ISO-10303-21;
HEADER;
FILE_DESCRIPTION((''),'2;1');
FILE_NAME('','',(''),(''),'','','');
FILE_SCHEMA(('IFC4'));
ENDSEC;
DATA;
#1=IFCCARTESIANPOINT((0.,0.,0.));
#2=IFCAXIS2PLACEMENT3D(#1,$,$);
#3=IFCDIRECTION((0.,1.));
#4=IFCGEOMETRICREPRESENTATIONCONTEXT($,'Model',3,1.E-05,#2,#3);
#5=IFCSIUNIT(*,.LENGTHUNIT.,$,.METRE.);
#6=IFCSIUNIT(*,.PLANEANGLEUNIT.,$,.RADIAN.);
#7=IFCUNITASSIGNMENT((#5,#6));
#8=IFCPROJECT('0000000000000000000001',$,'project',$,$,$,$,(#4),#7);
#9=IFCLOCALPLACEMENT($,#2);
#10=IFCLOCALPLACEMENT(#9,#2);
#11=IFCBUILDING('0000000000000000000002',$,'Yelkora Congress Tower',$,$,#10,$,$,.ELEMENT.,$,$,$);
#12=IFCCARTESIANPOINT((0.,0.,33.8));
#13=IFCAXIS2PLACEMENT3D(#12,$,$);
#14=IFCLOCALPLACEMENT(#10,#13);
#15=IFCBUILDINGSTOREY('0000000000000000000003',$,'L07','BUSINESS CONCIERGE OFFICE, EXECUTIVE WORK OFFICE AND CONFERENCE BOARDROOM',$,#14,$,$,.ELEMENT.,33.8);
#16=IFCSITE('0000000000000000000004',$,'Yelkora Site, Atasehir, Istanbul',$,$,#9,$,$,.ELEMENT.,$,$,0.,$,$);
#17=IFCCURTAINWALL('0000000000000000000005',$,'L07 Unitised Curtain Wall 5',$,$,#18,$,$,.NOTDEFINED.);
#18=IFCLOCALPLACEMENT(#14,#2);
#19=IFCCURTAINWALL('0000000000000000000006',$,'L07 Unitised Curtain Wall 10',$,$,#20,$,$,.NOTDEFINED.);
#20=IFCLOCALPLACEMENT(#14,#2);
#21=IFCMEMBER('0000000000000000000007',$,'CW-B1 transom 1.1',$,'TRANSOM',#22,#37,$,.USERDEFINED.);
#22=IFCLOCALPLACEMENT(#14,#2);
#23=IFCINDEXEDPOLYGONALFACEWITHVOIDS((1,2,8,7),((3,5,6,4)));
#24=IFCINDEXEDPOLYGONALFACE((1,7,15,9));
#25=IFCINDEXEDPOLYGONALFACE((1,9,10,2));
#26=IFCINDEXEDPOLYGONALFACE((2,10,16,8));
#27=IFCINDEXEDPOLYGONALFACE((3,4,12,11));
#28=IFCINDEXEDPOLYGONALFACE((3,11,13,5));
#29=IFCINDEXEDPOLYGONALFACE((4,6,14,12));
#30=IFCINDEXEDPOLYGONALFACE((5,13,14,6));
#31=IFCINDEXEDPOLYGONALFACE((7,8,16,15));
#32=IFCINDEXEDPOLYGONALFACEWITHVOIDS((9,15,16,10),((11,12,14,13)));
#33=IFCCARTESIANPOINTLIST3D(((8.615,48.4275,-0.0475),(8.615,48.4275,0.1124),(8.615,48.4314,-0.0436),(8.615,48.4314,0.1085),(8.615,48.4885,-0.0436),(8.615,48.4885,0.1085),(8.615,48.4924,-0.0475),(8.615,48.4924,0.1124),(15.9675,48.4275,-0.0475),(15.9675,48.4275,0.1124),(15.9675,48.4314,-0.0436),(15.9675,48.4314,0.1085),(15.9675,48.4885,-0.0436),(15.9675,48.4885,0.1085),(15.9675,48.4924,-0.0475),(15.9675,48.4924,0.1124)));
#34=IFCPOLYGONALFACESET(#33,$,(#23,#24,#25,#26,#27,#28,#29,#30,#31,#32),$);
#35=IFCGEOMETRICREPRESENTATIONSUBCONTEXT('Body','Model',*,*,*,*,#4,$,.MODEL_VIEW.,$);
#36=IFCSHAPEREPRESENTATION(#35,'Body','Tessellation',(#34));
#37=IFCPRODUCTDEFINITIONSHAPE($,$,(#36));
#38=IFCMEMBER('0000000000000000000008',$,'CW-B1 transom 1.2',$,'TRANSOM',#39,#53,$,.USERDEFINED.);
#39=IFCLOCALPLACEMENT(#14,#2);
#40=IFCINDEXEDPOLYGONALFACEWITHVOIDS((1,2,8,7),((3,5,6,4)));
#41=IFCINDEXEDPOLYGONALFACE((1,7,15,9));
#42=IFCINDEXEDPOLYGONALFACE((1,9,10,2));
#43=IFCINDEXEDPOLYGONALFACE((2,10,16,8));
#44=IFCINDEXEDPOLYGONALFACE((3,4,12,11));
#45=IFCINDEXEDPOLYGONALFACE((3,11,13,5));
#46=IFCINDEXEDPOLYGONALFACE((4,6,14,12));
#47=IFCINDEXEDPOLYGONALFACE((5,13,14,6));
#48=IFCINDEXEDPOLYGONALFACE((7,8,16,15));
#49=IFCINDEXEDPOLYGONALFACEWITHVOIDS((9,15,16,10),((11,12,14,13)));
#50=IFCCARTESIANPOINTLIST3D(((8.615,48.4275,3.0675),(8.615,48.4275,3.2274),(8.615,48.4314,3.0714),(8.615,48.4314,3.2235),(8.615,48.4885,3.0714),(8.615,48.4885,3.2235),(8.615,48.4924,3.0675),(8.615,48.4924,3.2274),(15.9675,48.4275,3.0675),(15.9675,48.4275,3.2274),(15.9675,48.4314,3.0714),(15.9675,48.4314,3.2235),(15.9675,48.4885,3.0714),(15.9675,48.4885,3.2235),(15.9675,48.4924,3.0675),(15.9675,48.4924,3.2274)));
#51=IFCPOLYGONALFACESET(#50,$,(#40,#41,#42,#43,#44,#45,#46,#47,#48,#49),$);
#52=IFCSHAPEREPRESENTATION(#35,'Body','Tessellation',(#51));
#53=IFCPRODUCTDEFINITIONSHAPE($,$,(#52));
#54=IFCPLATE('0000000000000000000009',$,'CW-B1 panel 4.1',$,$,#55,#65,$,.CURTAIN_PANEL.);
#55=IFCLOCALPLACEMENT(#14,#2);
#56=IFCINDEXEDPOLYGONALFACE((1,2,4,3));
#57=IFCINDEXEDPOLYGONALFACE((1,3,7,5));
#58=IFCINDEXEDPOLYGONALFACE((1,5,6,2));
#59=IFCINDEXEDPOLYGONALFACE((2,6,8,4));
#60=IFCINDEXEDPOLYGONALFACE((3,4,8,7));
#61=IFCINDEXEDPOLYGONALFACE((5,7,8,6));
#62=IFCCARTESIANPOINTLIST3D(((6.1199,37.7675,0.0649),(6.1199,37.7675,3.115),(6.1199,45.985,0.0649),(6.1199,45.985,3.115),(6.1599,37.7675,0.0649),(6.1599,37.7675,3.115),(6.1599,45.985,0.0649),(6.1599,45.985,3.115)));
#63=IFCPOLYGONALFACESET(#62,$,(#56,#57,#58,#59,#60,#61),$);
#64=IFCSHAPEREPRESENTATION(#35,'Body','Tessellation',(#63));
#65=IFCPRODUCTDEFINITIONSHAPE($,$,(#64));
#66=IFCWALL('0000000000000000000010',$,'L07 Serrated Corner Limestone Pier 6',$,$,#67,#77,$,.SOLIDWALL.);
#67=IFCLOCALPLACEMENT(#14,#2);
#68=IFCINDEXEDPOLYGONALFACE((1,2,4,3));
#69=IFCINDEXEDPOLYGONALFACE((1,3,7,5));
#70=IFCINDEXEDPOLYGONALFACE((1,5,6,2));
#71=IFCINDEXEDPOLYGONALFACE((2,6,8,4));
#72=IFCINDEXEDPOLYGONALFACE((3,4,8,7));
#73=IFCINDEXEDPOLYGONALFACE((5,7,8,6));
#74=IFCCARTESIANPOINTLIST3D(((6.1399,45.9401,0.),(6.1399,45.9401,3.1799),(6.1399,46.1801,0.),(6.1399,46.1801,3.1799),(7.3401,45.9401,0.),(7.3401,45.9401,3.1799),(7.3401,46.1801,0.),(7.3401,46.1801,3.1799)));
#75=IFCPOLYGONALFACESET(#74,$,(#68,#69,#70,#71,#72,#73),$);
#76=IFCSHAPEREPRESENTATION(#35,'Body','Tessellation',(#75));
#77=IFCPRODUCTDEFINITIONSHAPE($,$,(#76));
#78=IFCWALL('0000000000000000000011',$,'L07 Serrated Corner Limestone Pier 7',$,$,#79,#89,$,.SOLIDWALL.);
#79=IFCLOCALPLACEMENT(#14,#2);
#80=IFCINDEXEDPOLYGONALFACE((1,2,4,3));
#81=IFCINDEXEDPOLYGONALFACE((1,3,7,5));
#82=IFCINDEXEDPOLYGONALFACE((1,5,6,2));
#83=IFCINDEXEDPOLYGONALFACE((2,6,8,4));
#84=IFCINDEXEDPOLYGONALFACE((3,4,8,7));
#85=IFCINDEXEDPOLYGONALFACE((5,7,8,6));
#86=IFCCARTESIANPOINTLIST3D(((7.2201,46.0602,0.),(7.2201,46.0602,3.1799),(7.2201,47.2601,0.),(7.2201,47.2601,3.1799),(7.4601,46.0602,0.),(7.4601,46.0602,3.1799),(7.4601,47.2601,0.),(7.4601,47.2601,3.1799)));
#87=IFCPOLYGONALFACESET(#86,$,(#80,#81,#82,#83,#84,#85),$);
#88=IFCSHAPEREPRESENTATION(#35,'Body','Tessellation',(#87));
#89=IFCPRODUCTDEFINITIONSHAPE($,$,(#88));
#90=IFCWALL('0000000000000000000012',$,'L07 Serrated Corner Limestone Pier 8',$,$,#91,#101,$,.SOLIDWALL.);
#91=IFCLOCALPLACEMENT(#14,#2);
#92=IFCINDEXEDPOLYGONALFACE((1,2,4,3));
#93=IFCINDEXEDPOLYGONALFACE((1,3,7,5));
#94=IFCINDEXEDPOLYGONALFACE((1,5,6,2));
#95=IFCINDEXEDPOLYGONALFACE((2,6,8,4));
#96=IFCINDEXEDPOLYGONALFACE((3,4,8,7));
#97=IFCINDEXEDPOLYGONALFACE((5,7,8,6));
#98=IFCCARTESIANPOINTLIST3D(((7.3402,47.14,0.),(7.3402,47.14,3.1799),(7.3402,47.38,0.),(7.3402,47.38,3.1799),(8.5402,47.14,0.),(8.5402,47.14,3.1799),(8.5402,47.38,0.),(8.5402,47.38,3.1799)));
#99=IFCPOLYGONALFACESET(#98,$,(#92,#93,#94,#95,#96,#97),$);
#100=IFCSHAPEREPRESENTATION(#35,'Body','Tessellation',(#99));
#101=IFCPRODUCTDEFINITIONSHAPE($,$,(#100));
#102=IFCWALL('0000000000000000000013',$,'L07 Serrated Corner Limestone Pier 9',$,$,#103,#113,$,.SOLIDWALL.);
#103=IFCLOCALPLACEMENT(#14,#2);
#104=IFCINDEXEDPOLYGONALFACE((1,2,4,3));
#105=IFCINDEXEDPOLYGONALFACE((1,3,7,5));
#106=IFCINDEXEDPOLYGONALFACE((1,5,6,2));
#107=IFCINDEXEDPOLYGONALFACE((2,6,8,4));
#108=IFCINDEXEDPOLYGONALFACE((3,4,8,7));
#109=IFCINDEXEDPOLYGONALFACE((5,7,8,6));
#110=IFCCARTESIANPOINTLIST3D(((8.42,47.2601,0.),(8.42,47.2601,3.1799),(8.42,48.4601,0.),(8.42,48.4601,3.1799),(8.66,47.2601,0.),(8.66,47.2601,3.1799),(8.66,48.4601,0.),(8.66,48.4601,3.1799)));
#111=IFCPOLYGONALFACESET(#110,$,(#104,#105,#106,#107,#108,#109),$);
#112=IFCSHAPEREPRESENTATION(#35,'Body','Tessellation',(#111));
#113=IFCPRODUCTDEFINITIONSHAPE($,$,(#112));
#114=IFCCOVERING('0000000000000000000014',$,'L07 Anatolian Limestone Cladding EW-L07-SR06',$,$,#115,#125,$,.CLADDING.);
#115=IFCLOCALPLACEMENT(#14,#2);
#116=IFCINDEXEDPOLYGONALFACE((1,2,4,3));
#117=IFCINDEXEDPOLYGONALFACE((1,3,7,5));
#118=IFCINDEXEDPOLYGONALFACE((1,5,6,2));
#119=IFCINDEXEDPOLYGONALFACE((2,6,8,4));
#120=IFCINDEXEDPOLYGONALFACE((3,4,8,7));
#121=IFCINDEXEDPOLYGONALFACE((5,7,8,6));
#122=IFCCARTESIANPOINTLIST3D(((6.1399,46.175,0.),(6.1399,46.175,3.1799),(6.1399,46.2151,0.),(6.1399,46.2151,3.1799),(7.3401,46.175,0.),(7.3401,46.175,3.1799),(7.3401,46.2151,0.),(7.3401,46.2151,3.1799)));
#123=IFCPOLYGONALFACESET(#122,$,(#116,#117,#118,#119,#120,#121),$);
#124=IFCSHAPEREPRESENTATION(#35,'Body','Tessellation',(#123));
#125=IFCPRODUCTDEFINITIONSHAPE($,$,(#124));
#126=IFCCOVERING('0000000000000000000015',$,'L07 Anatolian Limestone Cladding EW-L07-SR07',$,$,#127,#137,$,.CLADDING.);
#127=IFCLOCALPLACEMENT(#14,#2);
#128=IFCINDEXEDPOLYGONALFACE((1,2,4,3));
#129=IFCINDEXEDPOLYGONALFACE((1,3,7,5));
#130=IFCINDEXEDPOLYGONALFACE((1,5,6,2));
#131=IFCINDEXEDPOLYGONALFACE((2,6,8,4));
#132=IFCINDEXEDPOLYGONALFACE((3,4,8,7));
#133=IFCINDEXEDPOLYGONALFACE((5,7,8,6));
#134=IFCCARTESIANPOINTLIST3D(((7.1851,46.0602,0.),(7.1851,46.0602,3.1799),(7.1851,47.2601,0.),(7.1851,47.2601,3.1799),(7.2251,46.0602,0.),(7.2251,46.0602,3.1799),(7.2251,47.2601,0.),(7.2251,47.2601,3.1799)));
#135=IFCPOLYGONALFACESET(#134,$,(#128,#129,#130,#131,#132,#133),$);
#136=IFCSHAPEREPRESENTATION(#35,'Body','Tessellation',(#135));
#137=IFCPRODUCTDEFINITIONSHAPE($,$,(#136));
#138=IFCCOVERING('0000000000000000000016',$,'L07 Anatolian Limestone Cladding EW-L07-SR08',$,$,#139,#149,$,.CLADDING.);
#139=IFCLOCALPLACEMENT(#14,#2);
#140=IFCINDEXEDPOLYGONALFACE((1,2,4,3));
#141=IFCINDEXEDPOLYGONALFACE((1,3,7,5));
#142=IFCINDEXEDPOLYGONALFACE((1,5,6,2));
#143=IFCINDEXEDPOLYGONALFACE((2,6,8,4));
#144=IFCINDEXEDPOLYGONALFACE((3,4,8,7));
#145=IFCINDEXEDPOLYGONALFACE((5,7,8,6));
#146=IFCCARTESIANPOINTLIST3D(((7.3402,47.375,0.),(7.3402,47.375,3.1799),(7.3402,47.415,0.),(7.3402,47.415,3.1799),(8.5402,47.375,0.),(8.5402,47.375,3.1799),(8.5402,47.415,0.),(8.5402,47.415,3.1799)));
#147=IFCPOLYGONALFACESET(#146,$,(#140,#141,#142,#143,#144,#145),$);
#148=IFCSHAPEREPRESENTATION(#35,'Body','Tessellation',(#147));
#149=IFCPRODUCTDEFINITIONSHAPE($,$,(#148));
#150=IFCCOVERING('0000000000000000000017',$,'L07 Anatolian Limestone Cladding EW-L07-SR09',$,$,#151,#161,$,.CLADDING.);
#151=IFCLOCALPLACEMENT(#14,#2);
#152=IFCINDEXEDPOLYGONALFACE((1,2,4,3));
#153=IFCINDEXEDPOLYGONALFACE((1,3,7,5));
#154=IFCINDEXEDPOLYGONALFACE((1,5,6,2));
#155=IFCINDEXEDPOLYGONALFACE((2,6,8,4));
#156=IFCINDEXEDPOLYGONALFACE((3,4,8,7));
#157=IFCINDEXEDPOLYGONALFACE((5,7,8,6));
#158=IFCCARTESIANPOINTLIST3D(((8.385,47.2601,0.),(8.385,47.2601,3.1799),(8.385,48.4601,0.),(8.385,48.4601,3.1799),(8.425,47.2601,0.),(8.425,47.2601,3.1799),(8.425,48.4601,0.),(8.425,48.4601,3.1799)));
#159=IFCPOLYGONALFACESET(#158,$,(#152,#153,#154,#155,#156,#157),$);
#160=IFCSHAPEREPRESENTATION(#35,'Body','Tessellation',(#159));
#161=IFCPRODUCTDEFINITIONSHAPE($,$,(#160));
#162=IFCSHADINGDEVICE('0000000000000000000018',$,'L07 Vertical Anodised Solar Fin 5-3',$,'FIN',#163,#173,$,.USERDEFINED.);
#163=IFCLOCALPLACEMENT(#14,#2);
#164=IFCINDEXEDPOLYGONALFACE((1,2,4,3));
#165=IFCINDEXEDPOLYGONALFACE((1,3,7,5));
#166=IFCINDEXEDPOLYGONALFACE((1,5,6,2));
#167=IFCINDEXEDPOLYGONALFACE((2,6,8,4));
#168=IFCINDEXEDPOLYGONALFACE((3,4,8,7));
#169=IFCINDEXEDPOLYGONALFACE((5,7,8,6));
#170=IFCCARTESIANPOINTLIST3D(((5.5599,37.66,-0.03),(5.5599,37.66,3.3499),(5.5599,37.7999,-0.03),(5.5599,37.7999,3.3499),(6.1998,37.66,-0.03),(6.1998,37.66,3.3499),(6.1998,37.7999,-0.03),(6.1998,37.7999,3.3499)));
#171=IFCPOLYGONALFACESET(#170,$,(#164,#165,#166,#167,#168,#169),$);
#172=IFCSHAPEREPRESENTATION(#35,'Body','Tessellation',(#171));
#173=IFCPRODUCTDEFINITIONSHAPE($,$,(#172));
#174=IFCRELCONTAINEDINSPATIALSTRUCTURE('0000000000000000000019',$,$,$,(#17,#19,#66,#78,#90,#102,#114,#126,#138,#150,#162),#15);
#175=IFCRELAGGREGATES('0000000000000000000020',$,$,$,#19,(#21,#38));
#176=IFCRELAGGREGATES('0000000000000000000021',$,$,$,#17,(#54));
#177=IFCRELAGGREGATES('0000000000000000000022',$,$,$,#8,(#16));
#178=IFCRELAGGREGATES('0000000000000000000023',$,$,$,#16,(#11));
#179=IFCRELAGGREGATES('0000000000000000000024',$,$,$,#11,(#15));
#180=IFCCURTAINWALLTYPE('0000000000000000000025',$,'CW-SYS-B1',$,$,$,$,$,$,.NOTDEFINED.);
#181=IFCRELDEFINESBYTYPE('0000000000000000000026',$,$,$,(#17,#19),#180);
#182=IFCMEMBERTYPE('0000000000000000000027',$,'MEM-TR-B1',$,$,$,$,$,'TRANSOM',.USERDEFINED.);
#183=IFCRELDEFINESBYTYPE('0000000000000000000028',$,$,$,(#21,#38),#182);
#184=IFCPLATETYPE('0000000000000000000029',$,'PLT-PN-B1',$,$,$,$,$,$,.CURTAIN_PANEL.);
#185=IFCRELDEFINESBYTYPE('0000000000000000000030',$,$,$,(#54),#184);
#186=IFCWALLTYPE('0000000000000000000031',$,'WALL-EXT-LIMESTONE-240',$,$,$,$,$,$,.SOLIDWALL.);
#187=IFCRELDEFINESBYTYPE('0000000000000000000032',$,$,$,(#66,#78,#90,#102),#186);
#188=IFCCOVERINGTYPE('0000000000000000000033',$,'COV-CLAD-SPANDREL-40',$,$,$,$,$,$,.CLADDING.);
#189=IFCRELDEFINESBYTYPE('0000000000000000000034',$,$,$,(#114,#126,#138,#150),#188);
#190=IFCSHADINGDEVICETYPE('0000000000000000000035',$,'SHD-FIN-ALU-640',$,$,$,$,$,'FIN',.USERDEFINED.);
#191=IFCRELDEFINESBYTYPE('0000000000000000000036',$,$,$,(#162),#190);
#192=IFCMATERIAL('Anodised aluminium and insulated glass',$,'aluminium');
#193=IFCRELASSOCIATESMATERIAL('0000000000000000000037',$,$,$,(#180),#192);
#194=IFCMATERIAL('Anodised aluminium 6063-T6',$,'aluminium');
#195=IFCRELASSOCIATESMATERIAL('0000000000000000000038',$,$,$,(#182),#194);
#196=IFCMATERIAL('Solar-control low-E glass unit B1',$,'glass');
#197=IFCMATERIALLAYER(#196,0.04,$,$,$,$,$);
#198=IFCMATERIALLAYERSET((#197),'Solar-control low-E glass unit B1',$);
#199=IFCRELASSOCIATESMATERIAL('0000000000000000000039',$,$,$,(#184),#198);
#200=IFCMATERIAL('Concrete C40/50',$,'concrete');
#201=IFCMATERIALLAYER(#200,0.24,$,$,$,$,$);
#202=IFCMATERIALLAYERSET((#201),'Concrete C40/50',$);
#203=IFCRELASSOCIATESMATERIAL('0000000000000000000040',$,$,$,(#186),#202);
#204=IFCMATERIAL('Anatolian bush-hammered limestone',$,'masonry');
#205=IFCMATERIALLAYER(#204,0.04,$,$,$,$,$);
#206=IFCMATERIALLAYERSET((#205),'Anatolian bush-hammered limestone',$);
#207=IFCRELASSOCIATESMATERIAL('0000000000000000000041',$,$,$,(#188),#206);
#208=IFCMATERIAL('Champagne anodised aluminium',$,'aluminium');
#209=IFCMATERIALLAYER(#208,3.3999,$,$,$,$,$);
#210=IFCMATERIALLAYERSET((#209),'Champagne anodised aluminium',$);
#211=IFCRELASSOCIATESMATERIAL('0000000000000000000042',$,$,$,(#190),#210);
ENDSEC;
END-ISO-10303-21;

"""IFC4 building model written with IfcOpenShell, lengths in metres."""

from ifc_helpers import new_model, si_unit, direction, frame, frame_2d, origin, origin_2d, place, context, subcontext, project, spatial, rectangle, hollow_rectangle, extrude, material, layer, layer_set, material_profile, profile_set, type_object, element, aggregate, save


model = new_model("IFC4")

# Units and contexts
model_context = context("Model", 3, precision=1e-05, world=origin(), true_north=direction((0.0, 1.0)))
body_context = subcontext(model_context, "Body", "Model", "MODEL_VIEW")
ifc_project = project(units=[si_unit("LENGTHUNIT", "METRE"), si_unit("PLANEANGLEUNIT", "RADIAN")], contexts=[model_context])

# Site, building, storey
site_placement = place(None, origin())
site = spatial("IfcSite", under=ifc_project, at=site_placement, Name="Yelkora Site, Atasehir, Istanbul", CompositionType="ELEMENT", RefElevation=0.0)
building_placement = place(site_placement, origin())
building = spatial("IfcBuilding", under=site, at=building_placement, Name="Yelkora Congress Tower", CompositionType="ELEMENT")
storey_placement = place(building_placement, frame((0.0, 0.0, 33.8)))
storey = spatial("IfcBuildingStorey", under=building, at=storey_placement, Name="L07", Description="BUSINESS CONCIERGE OFFICE, EXECUTIVE WORK OFFICE AND CONFERENCE BOARDROOM", CompositionType="ELEMENT", Elevation=33.8)

# Curtain wall
ifc_material_1 = material(Name="Anodised aluminium and insulated glass", Category="aluminium")
curtain_wall_type = type_object("IfcCurtainWallType", Name="CW-SYS-B1", PredefinedType="NOTDEFINED", material=ifc_material_1)
curtain_wall_1_placement = place(storey_placement, origin())
curtain_wall_1 = element("IfcCurtainWall", 1, at=curtain_wall_1_placement, inside=storey, type_object=curtain_wall_type, Name="L07 Unitised Curtain Wall 5", PredefinedType="NOTDEFINED")
ifc_material_2 = material(Name="Anodised aluminium 6063-T6", Category="aluminium")

# Curtain wall
curtain_wall_2_placement = place(storey_placement, origin())
curtain_wall_2 = element("IfcCurtainWall", 2, at=curtain_wall_2_placement, inside=storey, type_object=curtain_wall_type, Name="L07 Unitised Curtain Wall 10", PredefinedType="NOTDEFINED")

# Members
ifc_material_profile_1 = material_profile(ifc_material_2, hollow_rectangle(XDim=0.0649, YDim=0.1599, WallThickness=0.0039, at=origin_2d()), Name="ALU 65x160x4")
ifc_profile_set_1 = profile_set([ifc_material_profile_1], Name="Anodised aluminium 6063-T6")
member_type_1 = type_object("IfcMemberType", Name="MEM-TR-B1", ElementType="TRANSOM", PredefinedType="USERDEFINED", material=ifc_profile_set_1)
member_1_placement = place(storey_placement, frame((8.615, 48.46, 0.0325), z_axis=(1.0, 0.0, 0.0), x_axis=(0.0, 1.0, 0.0)))
member_1 = element("IfcMember", 3, at=member_1_placement, type_object=member_type_1, Name="CW-B1 transom 1.1", ObjectType="TRANSOM", PredefinedType="USERDEFINED", context=body_context, shape_type="SweptSolid", body=[
    extrude(hollow_rectangle(XDim=0.0649, YDim=0.1599, WallThickness=0.0039, at=origin_2d()), origin(), (0.0, 0.0, 1.0), 7.3525),
])
member_2_placement = place(storey_placement, frame((8.615, 48.46, 3.1475), z_axis=(1.0, 0.0, 0.0), x_axis=(0.0, 1.0, 0.0)))
member_2 = element("IfcMember", 4, at=member_2_placement, type_object=member_type_1, Name="CW-B1 transom 1.2", ObjectType="TRANSOM", PredefinedType="USERDEFINED", context=body_context, shape_type="SweptSolid", body=[
    extrude(hollow_rectangle(XDim=0.0649, YDim=0.1599, WallThickness=0.0039, at=origin_2d()), origin(), (0.0, 0.0, 1.0), 7.3525),
])
aggregate(curtain_wall_2, [member_1, member_2])

# Plate
ifc_material_3 = material(Name="Solar-control low-E glass unit B1", Category="glass")
ifc_layer_1 = layer(ifc_material_3, 0.04)
ifc_layer_set_1 = layer_set([ifc_layer_1], Name="Solar-control low-E glass unit B1")
plate_type = type_object("IfcPlateType", Name="PLT-PN-B1", PredefinedType="CURTAIN_PANEL", material=ifc_layer_set_1)
plate_placement = place(storey_placement, frame((6.1399, 41.8762, 0.0649), z_axis=(0.0, 0.0, 1.0), x_axis=(0.0, 1.0, 0.0)))
plate = element("IfcPlate", 5, at=plate_placement, type_object=plate_type, Name="CW-B1 panel 4.1", PredefinedType="CURTAIN_PANEL", context=body_context, shape_type="SweptSolid", body=[
    extrude(rectangle(XDim=8.2175, YDim=0.04, at=origin_2d()), origin(), (0.0, 0.0, 1.0), 3.05),
])
aggregate(curtain_wall_1, [plate])

# Walls
ifc_material_4 = material(Name="Concrete C40/50", Category="concrete")
ifc_layer_2 = layer(ifc_material_4, 0.24)
ifc_layer_set_2 = layer_set([ifc_layer_2], Name="Concrete C40/50")
wall_type = type_object("IfcWallType", Name="WALL-EXT-LIMESTONE-240", PredefinedType="SOLIDWALL", material=ifc_layer_set_2)
wall_placement = place(storey_placement, frame((6.1399, 46.0601, 0.0), z_axis=(0.0, 0.0, 1.0), x_axis=(1.0, 0.0, 0.0)))
element("IfcWall", 6, at=wall_placement, inside=storey, type_object=wall_type, Name="L07 Serrated Corner Limestone Pier 6", PredefinedType="SOLIDWALL", context=body_context, shape_type="SweptSolid", body=[
    extrude(rectangle(XDim=1.2002, YDim=0.24, at=frame_2d((0.6001, 0.0))), origin(), (0.0, 0.0, 1.0), 3.1799),
])
for number, where, z_axis, x_axis, name in (
    (7, (7.3401, 46.0601, 0.0), (0.0, 0.0, 1.0), (0.0, 1.0, 0.0), "L07 Serrated Corner Limestone Pier 7"),
    (8, (7.3401, 47.26, 0.0), (0.0, 0.0, 1.0), (1.0, 0.0, 0.0), "L07 Serrated Corner Limestone Pier 8"),
    (9, (8.54, 47.26, 0.0), (0.0, 0.0, 1.0), (0.0, 1.0, 0.0), "L07 Serrated Corner Limestone Pier 9"),
):
    element("IfcWall", number, at=place(storey_placement, frame(where, z_axis=z_axis, x_axis=x_axis)), inside=storey, type_object=wall_type, Name=name, PredefinedType="SOLIDWALL", context=body_context, shape_type="SweptSolid", body=[
        extrude(rectangle(XDim=1.2, YDim=0.24, at=frame_2d((0.6001, 0.0))), origin(), (0.0, 0.0, 1.0), 3.1799),
    ])

# Coverings
ifc_material_5 = material(Name="Anatolian bush-hammered limestone", Category="masonry")
ifc_layer_3 = layer(ifc_material_5, 0.04)
ifc_layer_set_3 = layer_set([ifc_layer_3], Name="Anatolian bush-hammered limestone")
covering_type = type_object("IfcCoveringType", Name="COV-CLAD-SPANDREL-40", PredefinedType="CLADDING", material=ifc_layer_set_3)
covering_placement = place(storey_placement, frame((6.1399, 46.1951, 0.0), z_axis=(0.0, 0.0, 1.0), x_axis=(1.0, 0.0, 0.0)))
element("IfcCovering", 10, at=covering_placement, inside=storey, type_object=covering_type, Name="L07 Anatolian Limestone Cladding EW-L07-SR06", PredefinedType="CLADDING", context=body_context, shape_type="SweptSolid", body=[
    extrude(rectangle(XDim=1.2002, YDim=0.04, at=frame_2d((0.6001, 0.0))), origin(), (0.0, 0.0, 1.0), 3.1799),
])
for number, where, z_axis, x_axis, name in (
    (11, (7.2051, 46.0601, 0.0), (0.0, 0.0, 1.0), (0.0, 1.0, 0.0), "L07 Anatolian Limestone Cladding EW-L07-SR07"),
    (12, (7.3401, 47.395, 0.0), (0.0, 0.0, 1.0), (1.0, 0.0, 0.0), "L07 Anatolian Limestone Cladding EW-L07-SR08"),
    (13, (8.405, 47.26, 0.0), (0.0, 0.0, 1.0), (0.0, 1.0, 0.0), "L07 Anatolian Limestone Cladding EW-L07-SR09"),
):
    element("IfcCovering", number, at=place(storey_placement, frame(where, z_axis=z_axis, x_axis=x_axis)), inside=storey, type_object=covering_type, Name=name, PredefinedType="CLADDING", context=body_context, shape_type="SweptSolid", body=[
        extrude(rectangle(XDim=1.2, YDim=0.04, at=frame_2d((0.6001, 0.0))), origin(), (0.0, 0.0, 1.0), 3.1799),
    ])

# Shading device
ifc_material_6 = material(Name="Champagne anodised aluminium", Category="aluminium")
ifc_layer_4 = layer(ifc_material_6, 3.3999)
ifc_layer_set_4 = layer_set([ifc_layer_4], Name="Champagne anodised aluminium")
shading_device_type = type_object("IfcShadingDeviceType", Name="SHD-FIN-ALU-640", ElementType="FIN", PredefinedType="USERDEFINED", material=ifc_layer_set_4)
shading_device_placement = place(storey_placement, frame((5.8799, 37.73, -0.03), z_axis=(0.0, 0.0, 1.0), x_axis=(0.0, 1.0, 0.0)))
element("IfcShadingDevice", 14, at=shading_device_placement, inside=storey, type_object=shading_device_type, Name="L07 Vertical Anodised Solar Fin 5-3", ObjectType="FIN", PredefinedType="USERDEFINED", context=body_context, shape_type="SweptSolid", body=[
    extrude(rectangle(XDim=0.1399, YDim=0.6399, at=origin_2d()), origin(), (0.0, 0.0, 1.0), 3.3799),
])

save(model, "model.ifc")
